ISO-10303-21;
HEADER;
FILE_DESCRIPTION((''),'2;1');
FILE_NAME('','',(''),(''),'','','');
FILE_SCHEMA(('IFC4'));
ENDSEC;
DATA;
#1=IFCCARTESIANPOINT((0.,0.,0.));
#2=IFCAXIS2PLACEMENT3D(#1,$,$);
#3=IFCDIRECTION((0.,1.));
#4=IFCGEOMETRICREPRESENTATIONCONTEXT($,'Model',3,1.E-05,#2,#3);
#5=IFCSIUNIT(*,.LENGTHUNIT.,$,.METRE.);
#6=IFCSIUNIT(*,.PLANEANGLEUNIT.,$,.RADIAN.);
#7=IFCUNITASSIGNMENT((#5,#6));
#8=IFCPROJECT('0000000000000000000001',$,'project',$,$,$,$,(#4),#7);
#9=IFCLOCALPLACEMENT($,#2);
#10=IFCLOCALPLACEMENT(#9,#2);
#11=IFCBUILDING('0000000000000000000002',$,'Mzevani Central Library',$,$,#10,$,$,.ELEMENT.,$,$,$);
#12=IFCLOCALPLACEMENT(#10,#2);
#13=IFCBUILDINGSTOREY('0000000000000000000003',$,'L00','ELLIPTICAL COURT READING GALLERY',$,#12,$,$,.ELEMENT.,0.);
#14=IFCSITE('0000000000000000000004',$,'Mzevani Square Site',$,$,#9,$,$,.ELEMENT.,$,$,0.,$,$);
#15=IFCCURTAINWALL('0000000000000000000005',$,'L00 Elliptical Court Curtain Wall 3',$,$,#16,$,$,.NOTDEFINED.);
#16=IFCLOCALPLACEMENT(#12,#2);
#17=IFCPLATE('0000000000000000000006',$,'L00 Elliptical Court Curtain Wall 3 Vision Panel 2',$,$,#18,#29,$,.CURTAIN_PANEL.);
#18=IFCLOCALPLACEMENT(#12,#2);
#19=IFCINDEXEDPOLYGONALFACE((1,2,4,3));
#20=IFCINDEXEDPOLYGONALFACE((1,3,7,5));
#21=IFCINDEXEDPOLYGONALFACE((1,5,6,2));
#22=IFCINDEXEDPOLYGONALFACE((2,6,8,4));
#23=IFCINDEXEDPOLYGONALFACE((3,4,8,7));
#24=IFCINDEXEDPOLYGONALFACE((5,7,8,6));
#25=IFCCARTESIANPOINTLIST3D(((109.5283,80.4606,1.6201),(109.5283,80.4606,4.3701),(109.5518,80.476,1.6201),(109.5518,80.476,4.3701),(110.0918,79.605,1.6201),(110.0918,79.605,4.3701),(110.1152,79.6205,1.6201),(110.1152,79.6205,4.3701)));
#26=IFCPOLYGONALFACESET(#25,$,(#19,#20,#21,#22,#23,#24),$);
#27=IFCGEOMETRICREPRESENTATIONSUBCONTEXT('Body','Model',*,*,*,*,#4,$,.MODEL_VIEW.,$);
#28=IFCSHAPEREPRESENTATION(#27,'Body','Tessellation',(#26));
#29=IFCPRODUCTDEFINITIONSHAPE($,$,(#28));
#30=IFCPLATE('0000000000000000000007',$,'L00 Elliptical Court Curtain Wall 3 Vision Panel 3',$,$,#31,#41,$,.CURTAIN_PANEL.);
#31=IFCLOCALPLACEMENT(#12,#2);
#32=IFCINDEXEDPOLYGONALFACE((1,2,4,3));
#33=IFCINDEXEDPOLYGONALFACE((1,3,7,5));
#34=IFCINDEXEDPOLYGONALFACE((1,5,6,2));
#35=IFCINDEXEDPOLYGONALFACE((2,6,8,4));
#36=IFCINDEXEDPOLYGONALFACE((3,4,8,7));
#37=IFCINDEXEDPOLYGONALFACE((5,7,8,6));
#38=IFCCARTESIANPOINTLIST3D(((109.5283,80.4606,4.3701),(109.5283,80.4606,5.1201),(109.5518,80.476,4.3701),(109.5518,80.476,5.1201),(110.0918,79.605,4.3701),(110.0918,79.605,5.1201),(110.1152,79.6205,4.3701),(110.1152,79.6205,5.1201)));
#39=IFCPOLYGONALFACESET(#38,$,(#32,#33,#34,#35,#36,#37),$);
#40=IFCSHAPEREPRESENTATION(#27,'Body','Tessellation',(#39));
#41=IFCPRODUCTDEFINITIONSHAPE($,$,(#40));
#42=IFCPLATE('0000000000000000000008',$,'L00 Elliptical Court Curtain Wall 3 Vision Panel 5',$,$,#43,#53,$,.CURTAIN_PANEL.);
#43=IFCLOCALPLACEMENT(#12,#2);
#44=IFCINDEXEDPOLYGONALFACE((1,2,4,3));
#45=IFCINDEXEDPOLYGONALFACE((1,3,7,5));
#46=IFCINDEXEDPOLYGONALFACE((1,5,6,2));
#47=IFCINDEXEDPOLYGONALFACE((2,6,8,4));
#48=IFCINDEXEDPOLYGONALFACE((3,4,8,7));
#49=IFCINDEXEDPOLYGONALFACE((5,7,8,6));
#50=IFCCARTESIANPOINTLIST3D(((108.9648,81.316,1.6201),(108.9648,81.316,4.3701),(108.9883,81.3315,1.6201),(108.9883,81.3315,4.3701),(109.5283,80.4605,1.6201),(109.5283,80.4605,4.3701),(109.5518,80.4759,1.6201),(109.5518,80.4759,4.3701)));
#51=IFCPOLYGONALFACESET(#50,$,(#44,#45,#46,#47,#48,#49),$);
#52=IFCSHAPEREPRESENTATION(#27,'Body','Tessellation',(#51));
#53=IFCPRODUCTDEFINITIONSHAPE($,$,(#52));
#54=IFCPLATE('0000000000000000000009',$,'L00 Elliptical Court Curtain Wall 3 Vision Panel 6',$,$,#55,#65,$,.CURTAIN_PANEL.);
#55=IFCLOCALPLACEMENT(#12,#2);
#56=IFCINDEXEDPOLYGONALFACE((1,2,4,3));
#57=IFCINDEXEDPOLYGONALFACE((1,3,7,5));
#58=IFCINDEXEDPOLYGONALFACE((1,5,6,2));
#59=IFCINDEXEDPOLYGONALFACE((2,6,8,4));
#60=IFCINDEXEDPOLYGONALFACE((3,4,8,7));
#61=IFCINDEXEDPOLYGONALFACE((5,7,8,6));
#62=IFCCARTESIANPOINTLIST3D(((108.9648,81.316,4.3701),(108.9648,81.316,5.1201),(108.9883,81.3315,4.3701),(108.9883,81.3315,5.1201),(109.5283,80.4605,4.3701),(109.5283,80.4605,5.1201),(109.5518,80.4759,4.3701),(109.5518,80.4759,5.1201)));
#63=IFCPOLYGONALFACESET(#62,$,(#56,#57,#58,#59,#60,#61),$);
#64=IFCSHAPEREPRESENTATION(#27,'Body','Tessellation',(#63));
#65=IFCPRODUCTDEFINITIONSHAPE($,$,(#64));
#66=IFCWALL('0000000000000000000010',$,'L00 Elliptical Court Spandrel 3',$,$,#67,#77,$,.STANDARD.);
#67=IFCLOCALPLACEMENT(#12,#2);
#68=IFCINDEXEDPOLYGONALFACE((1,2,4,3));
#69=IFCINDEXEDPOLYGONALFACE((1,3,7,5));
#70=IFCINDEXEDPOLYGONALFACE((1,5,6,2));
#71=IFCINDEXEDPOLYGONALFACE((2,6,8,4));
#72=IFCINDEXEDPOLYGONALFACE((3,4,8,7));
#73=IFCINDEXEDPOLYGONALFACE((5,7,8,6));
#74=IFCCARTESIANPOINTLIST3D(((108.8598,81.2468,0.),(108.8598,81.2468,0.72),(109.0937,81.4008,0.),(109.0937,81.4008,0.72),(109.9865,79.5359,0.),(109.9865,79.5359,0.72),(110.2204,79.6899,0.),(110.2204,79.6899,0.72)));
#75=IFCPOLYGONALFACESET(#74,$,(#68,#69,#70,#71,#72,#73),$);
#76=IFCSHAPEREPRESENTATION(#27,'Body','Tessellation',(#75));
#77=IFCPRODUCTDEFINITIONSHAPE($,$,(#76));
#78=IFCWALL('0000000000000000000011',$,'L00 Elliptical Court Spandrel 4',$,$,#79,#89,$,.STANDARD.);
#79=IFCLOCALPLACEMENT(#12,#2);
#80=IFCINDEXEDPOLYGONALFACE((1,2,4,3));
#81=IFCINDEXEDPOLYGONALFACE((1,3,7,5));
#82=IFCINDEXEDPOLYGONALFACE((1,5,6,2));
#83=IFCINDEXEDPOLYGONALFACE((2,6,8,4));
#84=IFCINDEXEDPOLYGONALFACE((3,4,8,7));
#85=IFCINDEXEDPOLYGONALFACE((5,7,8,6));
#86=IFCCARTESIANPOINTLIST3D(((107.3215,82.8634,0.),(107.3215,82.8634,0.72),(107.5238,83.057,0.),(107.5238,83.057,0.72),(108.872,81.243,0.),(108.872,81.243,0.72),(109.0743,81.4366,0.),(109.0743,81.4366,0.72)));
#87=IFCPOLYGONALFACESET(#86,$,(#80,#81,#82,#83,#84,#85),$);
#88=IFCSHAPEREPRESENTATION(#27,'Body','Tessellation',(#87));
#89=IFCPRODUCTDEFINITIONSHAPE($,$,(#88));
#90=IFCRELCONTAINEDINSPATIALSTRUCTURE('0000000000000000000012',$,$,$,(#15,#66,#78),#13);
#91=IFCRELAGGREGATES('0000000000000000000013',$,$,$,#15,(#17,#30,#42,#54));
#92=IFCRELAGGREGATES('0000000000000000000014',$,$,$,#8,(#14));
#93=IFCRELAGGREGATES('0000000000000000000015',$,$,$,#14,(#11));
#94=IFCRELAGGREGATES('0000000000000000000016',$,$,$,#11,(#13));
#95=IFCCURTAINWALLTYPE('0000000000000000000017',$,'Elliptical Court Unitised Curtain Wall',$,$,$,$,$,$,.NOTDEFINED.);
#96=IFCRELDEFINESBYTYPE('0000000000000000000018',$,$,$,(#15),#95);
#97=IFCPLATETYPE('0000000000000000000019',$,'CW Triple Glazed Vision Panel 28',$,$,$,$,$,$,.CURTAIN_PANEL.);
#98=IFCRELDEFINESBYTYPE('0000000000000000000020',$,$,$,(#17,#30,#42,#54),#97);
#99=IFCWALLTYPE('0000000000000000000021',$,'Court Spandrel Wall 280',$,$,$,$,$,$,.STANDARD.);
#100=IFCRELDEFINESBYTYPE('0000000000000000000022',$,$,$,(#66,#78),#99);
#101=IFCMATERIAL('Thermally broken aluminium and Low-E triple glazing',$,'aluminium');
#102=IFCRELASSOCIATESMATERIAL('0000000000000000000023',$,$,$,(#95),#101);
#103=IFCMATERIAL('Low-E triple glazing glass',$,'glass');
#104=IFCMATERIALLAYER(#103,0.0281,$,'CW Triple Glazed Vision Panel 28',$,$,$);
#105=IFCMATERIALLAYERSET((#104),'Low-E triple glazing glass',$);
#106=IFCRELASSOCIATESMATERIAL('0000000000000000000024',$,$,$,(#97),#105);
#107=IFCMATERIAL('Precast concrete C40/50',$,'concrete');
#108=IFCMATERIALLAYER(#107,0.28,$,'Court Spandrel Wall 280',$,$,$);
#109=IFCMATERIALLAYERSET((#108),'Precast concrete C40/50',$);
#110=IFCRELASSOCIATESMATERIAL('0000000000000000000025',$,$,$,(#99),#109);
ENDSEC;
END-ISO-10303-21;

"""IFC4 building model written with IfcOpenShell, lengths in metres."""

from ifc_helpers import new_model, si_unit, direction, frame, frame_2d, origin, origin_2d, place, context, subcontext, project, spatial, rectangle, extrude, material, layer, layer_set, type_object, element, aggregate, save


model = new_model("IFC4")

# Units and contexts
model_context = context("Model", 3, precision=1e-05, world=origin(), true_north=direction((0.0, 1.0)))
body_context = subcontext(model_context, "Body", "Model", "MODEL_VIEW")
ifc_project = project(units=[si_unit("LENGTHUNIT", "METRE"), si_unit("PLANEANGLEUNIT", "RADIAN")], contexts=[model_context])

# Site, building, storey
site_placement = place(None, origin())
site = spatial("IfcSite", under=ifc_project, at=site_placement, Name="Mzevani Square Site", CompositionType="ELEMENT", RefElevation=0.0)
building_placement = place(site_placement, origin())
building = spatial("IfcBuilding", under=site, at=building_placement, Name="Mzevani Central Library", CompositionType="ELEMENT")
storey_placement = place(building_placement, origin())
storey = spatial("IfcBuildingStorey", under=building, at=storey_placement, Name="L00", Description="ELLIPTICAL COURT READING GALLERY", CompositionType="ELEMENT", Elevation=0.0)

# Shared definitions
ifc_material_1 = material(Name="Thermally broken aluminium and Low-E triple glazing", Category="aluminium")
curtain_wall_type_1 = type_object("IfcCurtainWallType", Name="Elliptical Court Unitised Curtain Wall", PredefinedType="NOTDEFINED", material=ifc_material_1)

# Curtain wall
curtain_wall_1_placement = place(storey_placement, origin())
curtain_wall_1 = element("IfcCurtainWall", 1, at=curtain_wall_1_placement, inside=storey, type_object=curtain_wall_type_1, Name="L00 Elliptical Court Curtain Wall 3", PredefinedType="NOTDEFINED")

# Plates
ifc_material_2 = material(Name="Low-E triple glazing glass", Category="glass")
ifc_layer_1 = layer(ifc_material_2, 0.0281, Name="CW Triple Glazed Vision Panel 28")
ifc_layer_set_1 = layer_set([ifc_layer_1], Name="Low-E triple glazing glass")
plate_type_1 = type_object("IfcPlateType", Name="CW Triple Glazed Vision Panel 28", PredefinedType="CURTAIN_PANEL", material=ifc_layer_set_1)
plate_1_placement = place(storey_placement, frame((109.8218, 80.0405, 1.6201), z_axis=(0.0, 0.0, 1.0), x_axis=(-0.550028, 0.835147, 0.0)))
plate_1 = element("IfcPlate", 2, at=plate_1_placement, type_object=plate_type_1, Name="L00 Elliptical Court Curtain Wall 3 Vision Panel 2", PredefinedType="CURTAIN_PANEL", context=body_context, shape_type="SweptSolid", body=[
    extrude(rectangle(XDim=1.0244, YDim=0.0281, at=origin_2d()), origin(), (0.0, 0.0, 1.0), 2.75),
])
plate_2_placement = place(storey_placement, frame((109.8218, 80.0405, 4.3701), z_axis=(0.0, 0.0, 1.0), x_axis=(-0.550028, 0.835147, 0.0)))
plate_2 = element("IfcPlate", 3, at=plate_2_placement, type_object=plate_type_1, Name="L00 Elliptical Court Curtain Wall 3 Vision Panel 3", PredefinedType="CURTAIN_PANEL", context=body_context, shape_type="SweptSolid", body=[
    extrude(rectangle(XDim=1.0244, YDim=0.0281, at=origin_2d()), origin(), (0.0, 0.0, 1.0), 0.75),
])
plate_3_placement = place(storey_placement, frame((109.2583, 80.896, 1.6201), z_axis=(0.0, 0.0, 1.0), x_axis=(-0.550028, 0.835147, 0.0)))
plate_3 = element("IfcPlate", 4, at=plate_3_placement, type_object=plate_type_1, Name="L00 Elliptical Court Curtain Wall 3 Vision Panel 5", PredefinedType="CURTAIN_PANEL", context=body_context, shape_type="SweptSolid", body=[
    extrude(rectangle(XDim=1.0244, YDim=0.0281, at=origin_2d()), origin(), (0.0, 0.0, 1.0), 2.75),
])
plate_4_placement = place(storey_placement, frame((109.2583, 80.896, 4.3701), z_axis=(0.0, 0.0, 1.0), x_axis=(-0.550028, 0.835147, 0.0)))
plate_4 = element("IfcPlate", 5, at=plate_4_placement, type_object=plate_type_1, Name="L00 Elliptical Court Curtain Wall 3 Vision Panel 6", PredefinedType="CURTAIN_PANEL", context=body_context, shape_type="SweptSolid", body=[
    extrude(rectangle(XDim=1.0244, YDim=0.0281, at=origin_2d()), origin(), (0.0, 0.0, 1.0), 0.75),
])
aggregate(curtain_wall_1, [plate_1, plate_2, plate_3, plate_4])

# Walls
ifc_material_3 = material(Name="Precast concrete C40/50", Category="concrete")
ifc_layer_2 = layer(ifc_material_3, 0.28, Name="Court Spandrel Wall 280")
ifc_layer_set_2 = layer_set([ifc_layer_2], Name="Precast concrete C40/50")
wall_type = type_object("IfcWallType", Name="Court Spandrel Wall 280", PredefinedType="STANDARD", material=ifc_layer_set_2)
wall_1_placement = place(storey_placement, frame((110.1035, 79.6128, 0.0), z_axis=(0.0, 0.0, 1.0), x_axis=(-0.549989, 0.835172, 0.0)))
element("IfcWall", 6, at=wall_1_placement, inside=storey, type_object=wall_type, Name="L00 Elliptical Court Spandrel 3", PredefinedType="STANDARD", context=body_context, shape_type="SweptSolid", body=[
    extrude(rectangle(XDim=2.0486, YDim=0.28, at=frame_2d((1.0244, 0.0))), origin(), (0.0, 0.0, 1.0), 0.72),
])
wall_2_placement = place(storey_placement, frame((108.9731, 81.3398, 0.0), z_axis=(0.0, 0.0, 1.0), x_axis=(-0.691368, 0.722502, 0.0)))
element("IfcWall", 7, at=wall_2_placement, inside=storey, type_object=wall_type, Name="L00 Elliptical Court Spandrel 4", PredefinedType="STANDARD", context=body_context, shape_type="SweptSolid", body=[
    extrude(rectangle(XDim=2.2427, YDim=0.28, at=frame_2d((1.1213, 0.0))), origin(), (0.0, 0.0, 1.0), 0.72),
])

save(model, "model.ifc")
